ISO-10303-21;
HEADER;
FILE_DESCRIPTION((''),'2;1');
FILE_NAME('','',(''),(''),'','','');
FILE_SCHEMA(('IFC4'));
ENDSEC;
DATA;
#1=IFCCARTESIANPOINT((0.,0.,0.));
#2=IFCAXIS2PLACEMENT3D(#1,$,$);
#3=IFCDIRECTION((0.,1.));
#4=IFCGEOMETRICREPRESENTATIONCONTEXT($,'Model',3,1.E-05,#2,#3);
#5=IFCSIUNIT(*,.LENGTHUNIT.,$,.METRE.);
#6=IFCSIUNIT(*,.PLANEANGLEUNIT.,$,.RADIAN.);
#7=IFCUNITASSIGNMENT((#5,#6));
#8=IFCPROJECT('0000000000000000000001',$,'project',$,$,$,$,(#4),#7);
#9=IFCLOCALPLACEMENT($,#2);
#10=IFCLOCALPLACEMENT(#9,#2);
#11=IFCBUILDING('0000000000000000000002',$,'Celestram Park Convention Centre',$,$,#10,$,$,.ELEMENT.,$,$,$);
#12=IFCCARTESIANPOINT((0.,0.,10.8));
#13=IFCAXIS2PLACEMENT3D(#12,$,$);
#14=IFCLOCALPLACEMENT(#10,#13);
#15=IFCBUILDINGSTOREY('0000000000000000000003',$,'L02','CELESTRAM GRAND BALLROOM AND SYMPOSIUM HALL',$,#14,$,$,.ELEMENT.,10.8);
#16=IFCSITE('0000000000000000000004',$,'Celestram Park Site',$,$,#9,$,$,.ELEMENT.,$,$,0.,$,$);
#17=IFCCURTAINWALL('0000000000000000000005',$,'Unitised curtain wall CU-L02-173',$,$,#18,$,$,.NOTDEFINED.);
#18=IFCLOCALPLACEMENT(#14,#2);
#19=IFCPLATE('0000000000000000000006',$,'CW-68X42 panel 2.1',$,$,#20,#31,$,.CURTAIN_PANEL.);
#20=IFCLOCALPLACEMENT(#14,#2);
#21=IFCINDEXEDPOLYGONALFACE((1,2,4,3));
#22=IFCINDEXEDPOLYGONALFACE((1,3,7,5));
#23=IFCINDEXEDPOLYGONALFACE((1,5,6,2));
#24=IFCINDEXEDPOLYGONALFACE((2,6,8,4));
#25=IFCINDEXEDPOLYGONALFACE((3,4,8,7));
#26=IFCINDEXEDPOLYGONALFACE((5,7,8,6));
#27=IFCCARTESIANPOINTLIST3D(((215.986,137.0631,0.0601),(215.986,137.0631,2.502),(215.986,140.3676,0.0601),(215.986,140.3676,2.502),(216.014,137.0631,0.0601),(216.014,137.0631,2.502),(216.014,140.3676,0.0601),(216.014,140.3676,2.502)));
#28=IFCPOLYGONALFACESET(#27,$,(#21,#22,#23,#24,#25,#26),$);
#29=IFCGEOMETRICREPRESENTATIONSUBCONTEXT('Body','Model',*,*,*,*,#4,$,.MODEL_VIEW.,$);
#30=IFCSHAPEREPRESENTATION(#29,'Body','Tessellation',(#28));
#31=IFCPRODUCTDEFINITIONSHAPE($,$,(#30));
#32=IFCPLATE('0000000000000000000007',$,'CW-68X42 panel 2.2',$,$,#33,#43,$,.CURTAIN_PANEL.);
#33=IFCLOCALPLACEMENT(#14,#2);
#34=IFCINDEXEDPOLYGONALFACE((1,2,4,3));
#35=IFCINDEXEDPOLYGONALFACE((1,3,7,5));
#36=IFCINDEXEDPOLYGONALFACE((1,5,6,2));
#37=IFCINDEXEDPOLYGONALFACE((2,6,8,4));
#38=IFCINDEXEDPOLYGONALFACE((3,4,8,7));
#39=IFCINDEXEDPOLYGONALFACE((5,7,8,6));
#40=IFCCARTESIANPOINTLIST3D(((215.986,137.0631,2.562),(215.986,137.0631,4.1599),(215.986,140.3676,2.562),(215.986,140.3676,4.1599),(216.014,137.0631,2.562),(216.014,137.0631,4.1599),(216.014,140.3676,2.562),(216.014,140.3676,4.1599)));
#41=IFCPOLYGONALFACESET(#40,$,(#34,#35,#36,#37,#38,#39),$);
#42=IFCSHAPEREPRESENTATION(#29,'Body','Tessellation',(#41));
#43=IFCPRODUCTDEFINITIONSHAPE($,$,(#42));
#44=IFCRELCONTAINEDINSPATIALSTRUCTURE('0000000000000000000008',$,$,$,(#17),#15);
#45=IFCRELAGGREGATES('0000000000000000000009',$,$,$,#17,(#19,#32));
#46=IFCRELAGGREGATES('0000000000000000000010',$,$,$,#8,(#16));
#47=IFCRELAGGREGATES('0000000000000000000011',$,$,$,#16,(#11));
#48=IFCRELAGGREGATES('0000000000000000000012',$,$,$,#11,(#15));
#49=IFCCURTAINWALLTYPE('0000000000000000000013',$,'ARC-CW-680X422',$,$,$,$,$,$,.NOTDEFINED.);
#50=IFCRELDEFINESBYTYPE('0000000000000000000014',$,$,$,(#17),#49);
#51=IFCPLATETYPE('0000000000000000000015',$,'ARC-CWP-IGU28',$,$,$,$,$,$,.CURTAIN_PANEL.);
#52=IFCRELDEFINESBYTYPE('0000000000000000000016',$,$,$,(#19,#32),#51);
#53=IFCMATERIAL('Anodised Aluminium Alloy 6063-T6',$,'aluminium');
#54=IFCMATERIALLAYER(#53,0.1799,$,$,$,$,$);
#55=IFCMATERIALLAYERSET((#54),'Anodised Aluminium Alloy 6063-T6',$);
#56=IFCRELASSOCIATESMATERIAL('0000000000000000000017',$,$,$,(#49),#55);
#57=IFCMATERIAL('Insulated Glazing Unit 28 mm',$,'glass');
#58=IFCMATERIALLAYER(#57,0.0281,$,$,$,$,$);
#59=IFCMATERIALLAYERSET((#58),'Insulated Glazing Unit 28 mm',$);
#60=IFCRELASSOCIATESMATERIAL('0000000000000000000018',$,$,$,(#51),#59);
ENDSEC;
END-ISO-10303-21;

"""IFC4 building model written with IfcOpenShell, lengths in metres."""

from ifc_helpers import new_model, si_unit, direction, frame, origin, origin_2d, place, context, subcontext, project, spatial, rectangle, extrude, material, layer, layer_set, type_object, element, aggregate, save


model = new_model("IFC4")

# Units and contexts
model_context = context("Model", 3, precision=1e-05, world=origin(), true_north=direction((0.0, 1.0)))
body_context = subcontext(model_context, "Body", "Model", "MODEL_VIEW")
ifc_project = project(units=[si_unit("LENGTHUNIT", "METRE"), si_unit("PLANEANGLEUNIT", "RADIAN")], contexts=[model_context])

# Site, building, storey
site_placement = place(None, origin())
site = spatial("IfcSite", under=ifc_project, at=site_placement, Name="Celestram Park Site", CompositionType="ELEMENT", RefElevation=0.0)
building_placement = place(site_placement, origin())
building = spatial("IfcBuilding", under=site, at=building_placement, Name="Celestram Park Convention Centre", CompositionType="ELEMENT")
storey_placement = place(building_placement, frame((0.0, 0.0, 10.8)))
storey = spatial("IfcBuildingStorey", under=building, at=storey_placement, Name="L02", Description="CELESTRAM GRAND BALLROOM AND SYMPOSIUM HALL", CompositionType="ELEMENT", Elevation=10.8)

# Shared definitions
ifc_material_1 = material(Name="Anodised Aluminium Alloy 6063-T6", Category="aluminium")
ifc_layer_1 = layer(ifc_material_1, 0.1799)
ifc_layer_set_1 = layer_set([ifc_layer_1], Name="Anodised Aluminium Alloy 6063-T6")
curtain_wall_type = type_object("IfcCurtainWallType", Name="ARC-CW-680X422", PredefinedType="NOTDEFINED", material=ifc_layer_set_1)

# Curtain wall
curtain_wall_1_placement = place(storey_placement, origin())
curtain_wall_1 = element("IfcCurtainWall", 1, at=curtain_wall_1_placement, inside=storey, type_object=curtain_wall_type, Name="Unitised curtain wall CU-L02-173", PredefinedType="NOTDEFINED")

# Plates
ifc_material_2 = material(Name="Insulated Glazing Unit 28 mm", Category="glass")
ifc_layer_2 = layer(ifc_material_2, 0.0281)
ifc_layer_set_2 = layer_set([ifc_layer_2], Name="Insulated Glazing Unit 28 mm")
plate_type = type_object("IfcPlateType", Name="ARC-CWP-IGU28", PredefinedType="CURTAIN_PANEL", material=ifc_layer_set_2)
plate_1_placement = place(storey_placement, frame((216.0, 138.7153, 0.0601), z_axis=(0.0, 0.0, 1.0), x_axis=(0.0, -1.0, 0.0)))
plate_1 = element("IfcPlate", 2, at=plate_1_placement, type_object=plate_type, Name="CW-68X42 panel 2.1", PredefinedType="CURTAIN_PANEL", context=body_context, shape_type="SweptSolid", body=[
    extrude(rectangle(XDim=3.3044, YDim=0.0281, at=origin_2d()), origin(), (0.0, 0.0, 1.0), 2.4419),
])
plate_2_placement = place(storey_placement, frame((216.0, 138.7153, 2.562), z_axis=(0.0, 0.0, 1.0), x_axis=(0.0, -1.0, 0.0)))
plate_2 = element("IfcPlate", 3, at=plate_2_placement, type_object=plate_type, Name="CW-68X42 panel 2.2", PredefinedType="CURTAIN_PANEL", context=body_context, shape_type="SweptSolid", body=[
    extrude(rectangle(XDim=3.3044, YDim=0.0281, at=origin_2d()), origin(), (0.0, 0.0, 1.0), 1.5979),
])
aggregate(curtain_wall_1, [plate_1, plate_2])

save(model, "model.ifc")
